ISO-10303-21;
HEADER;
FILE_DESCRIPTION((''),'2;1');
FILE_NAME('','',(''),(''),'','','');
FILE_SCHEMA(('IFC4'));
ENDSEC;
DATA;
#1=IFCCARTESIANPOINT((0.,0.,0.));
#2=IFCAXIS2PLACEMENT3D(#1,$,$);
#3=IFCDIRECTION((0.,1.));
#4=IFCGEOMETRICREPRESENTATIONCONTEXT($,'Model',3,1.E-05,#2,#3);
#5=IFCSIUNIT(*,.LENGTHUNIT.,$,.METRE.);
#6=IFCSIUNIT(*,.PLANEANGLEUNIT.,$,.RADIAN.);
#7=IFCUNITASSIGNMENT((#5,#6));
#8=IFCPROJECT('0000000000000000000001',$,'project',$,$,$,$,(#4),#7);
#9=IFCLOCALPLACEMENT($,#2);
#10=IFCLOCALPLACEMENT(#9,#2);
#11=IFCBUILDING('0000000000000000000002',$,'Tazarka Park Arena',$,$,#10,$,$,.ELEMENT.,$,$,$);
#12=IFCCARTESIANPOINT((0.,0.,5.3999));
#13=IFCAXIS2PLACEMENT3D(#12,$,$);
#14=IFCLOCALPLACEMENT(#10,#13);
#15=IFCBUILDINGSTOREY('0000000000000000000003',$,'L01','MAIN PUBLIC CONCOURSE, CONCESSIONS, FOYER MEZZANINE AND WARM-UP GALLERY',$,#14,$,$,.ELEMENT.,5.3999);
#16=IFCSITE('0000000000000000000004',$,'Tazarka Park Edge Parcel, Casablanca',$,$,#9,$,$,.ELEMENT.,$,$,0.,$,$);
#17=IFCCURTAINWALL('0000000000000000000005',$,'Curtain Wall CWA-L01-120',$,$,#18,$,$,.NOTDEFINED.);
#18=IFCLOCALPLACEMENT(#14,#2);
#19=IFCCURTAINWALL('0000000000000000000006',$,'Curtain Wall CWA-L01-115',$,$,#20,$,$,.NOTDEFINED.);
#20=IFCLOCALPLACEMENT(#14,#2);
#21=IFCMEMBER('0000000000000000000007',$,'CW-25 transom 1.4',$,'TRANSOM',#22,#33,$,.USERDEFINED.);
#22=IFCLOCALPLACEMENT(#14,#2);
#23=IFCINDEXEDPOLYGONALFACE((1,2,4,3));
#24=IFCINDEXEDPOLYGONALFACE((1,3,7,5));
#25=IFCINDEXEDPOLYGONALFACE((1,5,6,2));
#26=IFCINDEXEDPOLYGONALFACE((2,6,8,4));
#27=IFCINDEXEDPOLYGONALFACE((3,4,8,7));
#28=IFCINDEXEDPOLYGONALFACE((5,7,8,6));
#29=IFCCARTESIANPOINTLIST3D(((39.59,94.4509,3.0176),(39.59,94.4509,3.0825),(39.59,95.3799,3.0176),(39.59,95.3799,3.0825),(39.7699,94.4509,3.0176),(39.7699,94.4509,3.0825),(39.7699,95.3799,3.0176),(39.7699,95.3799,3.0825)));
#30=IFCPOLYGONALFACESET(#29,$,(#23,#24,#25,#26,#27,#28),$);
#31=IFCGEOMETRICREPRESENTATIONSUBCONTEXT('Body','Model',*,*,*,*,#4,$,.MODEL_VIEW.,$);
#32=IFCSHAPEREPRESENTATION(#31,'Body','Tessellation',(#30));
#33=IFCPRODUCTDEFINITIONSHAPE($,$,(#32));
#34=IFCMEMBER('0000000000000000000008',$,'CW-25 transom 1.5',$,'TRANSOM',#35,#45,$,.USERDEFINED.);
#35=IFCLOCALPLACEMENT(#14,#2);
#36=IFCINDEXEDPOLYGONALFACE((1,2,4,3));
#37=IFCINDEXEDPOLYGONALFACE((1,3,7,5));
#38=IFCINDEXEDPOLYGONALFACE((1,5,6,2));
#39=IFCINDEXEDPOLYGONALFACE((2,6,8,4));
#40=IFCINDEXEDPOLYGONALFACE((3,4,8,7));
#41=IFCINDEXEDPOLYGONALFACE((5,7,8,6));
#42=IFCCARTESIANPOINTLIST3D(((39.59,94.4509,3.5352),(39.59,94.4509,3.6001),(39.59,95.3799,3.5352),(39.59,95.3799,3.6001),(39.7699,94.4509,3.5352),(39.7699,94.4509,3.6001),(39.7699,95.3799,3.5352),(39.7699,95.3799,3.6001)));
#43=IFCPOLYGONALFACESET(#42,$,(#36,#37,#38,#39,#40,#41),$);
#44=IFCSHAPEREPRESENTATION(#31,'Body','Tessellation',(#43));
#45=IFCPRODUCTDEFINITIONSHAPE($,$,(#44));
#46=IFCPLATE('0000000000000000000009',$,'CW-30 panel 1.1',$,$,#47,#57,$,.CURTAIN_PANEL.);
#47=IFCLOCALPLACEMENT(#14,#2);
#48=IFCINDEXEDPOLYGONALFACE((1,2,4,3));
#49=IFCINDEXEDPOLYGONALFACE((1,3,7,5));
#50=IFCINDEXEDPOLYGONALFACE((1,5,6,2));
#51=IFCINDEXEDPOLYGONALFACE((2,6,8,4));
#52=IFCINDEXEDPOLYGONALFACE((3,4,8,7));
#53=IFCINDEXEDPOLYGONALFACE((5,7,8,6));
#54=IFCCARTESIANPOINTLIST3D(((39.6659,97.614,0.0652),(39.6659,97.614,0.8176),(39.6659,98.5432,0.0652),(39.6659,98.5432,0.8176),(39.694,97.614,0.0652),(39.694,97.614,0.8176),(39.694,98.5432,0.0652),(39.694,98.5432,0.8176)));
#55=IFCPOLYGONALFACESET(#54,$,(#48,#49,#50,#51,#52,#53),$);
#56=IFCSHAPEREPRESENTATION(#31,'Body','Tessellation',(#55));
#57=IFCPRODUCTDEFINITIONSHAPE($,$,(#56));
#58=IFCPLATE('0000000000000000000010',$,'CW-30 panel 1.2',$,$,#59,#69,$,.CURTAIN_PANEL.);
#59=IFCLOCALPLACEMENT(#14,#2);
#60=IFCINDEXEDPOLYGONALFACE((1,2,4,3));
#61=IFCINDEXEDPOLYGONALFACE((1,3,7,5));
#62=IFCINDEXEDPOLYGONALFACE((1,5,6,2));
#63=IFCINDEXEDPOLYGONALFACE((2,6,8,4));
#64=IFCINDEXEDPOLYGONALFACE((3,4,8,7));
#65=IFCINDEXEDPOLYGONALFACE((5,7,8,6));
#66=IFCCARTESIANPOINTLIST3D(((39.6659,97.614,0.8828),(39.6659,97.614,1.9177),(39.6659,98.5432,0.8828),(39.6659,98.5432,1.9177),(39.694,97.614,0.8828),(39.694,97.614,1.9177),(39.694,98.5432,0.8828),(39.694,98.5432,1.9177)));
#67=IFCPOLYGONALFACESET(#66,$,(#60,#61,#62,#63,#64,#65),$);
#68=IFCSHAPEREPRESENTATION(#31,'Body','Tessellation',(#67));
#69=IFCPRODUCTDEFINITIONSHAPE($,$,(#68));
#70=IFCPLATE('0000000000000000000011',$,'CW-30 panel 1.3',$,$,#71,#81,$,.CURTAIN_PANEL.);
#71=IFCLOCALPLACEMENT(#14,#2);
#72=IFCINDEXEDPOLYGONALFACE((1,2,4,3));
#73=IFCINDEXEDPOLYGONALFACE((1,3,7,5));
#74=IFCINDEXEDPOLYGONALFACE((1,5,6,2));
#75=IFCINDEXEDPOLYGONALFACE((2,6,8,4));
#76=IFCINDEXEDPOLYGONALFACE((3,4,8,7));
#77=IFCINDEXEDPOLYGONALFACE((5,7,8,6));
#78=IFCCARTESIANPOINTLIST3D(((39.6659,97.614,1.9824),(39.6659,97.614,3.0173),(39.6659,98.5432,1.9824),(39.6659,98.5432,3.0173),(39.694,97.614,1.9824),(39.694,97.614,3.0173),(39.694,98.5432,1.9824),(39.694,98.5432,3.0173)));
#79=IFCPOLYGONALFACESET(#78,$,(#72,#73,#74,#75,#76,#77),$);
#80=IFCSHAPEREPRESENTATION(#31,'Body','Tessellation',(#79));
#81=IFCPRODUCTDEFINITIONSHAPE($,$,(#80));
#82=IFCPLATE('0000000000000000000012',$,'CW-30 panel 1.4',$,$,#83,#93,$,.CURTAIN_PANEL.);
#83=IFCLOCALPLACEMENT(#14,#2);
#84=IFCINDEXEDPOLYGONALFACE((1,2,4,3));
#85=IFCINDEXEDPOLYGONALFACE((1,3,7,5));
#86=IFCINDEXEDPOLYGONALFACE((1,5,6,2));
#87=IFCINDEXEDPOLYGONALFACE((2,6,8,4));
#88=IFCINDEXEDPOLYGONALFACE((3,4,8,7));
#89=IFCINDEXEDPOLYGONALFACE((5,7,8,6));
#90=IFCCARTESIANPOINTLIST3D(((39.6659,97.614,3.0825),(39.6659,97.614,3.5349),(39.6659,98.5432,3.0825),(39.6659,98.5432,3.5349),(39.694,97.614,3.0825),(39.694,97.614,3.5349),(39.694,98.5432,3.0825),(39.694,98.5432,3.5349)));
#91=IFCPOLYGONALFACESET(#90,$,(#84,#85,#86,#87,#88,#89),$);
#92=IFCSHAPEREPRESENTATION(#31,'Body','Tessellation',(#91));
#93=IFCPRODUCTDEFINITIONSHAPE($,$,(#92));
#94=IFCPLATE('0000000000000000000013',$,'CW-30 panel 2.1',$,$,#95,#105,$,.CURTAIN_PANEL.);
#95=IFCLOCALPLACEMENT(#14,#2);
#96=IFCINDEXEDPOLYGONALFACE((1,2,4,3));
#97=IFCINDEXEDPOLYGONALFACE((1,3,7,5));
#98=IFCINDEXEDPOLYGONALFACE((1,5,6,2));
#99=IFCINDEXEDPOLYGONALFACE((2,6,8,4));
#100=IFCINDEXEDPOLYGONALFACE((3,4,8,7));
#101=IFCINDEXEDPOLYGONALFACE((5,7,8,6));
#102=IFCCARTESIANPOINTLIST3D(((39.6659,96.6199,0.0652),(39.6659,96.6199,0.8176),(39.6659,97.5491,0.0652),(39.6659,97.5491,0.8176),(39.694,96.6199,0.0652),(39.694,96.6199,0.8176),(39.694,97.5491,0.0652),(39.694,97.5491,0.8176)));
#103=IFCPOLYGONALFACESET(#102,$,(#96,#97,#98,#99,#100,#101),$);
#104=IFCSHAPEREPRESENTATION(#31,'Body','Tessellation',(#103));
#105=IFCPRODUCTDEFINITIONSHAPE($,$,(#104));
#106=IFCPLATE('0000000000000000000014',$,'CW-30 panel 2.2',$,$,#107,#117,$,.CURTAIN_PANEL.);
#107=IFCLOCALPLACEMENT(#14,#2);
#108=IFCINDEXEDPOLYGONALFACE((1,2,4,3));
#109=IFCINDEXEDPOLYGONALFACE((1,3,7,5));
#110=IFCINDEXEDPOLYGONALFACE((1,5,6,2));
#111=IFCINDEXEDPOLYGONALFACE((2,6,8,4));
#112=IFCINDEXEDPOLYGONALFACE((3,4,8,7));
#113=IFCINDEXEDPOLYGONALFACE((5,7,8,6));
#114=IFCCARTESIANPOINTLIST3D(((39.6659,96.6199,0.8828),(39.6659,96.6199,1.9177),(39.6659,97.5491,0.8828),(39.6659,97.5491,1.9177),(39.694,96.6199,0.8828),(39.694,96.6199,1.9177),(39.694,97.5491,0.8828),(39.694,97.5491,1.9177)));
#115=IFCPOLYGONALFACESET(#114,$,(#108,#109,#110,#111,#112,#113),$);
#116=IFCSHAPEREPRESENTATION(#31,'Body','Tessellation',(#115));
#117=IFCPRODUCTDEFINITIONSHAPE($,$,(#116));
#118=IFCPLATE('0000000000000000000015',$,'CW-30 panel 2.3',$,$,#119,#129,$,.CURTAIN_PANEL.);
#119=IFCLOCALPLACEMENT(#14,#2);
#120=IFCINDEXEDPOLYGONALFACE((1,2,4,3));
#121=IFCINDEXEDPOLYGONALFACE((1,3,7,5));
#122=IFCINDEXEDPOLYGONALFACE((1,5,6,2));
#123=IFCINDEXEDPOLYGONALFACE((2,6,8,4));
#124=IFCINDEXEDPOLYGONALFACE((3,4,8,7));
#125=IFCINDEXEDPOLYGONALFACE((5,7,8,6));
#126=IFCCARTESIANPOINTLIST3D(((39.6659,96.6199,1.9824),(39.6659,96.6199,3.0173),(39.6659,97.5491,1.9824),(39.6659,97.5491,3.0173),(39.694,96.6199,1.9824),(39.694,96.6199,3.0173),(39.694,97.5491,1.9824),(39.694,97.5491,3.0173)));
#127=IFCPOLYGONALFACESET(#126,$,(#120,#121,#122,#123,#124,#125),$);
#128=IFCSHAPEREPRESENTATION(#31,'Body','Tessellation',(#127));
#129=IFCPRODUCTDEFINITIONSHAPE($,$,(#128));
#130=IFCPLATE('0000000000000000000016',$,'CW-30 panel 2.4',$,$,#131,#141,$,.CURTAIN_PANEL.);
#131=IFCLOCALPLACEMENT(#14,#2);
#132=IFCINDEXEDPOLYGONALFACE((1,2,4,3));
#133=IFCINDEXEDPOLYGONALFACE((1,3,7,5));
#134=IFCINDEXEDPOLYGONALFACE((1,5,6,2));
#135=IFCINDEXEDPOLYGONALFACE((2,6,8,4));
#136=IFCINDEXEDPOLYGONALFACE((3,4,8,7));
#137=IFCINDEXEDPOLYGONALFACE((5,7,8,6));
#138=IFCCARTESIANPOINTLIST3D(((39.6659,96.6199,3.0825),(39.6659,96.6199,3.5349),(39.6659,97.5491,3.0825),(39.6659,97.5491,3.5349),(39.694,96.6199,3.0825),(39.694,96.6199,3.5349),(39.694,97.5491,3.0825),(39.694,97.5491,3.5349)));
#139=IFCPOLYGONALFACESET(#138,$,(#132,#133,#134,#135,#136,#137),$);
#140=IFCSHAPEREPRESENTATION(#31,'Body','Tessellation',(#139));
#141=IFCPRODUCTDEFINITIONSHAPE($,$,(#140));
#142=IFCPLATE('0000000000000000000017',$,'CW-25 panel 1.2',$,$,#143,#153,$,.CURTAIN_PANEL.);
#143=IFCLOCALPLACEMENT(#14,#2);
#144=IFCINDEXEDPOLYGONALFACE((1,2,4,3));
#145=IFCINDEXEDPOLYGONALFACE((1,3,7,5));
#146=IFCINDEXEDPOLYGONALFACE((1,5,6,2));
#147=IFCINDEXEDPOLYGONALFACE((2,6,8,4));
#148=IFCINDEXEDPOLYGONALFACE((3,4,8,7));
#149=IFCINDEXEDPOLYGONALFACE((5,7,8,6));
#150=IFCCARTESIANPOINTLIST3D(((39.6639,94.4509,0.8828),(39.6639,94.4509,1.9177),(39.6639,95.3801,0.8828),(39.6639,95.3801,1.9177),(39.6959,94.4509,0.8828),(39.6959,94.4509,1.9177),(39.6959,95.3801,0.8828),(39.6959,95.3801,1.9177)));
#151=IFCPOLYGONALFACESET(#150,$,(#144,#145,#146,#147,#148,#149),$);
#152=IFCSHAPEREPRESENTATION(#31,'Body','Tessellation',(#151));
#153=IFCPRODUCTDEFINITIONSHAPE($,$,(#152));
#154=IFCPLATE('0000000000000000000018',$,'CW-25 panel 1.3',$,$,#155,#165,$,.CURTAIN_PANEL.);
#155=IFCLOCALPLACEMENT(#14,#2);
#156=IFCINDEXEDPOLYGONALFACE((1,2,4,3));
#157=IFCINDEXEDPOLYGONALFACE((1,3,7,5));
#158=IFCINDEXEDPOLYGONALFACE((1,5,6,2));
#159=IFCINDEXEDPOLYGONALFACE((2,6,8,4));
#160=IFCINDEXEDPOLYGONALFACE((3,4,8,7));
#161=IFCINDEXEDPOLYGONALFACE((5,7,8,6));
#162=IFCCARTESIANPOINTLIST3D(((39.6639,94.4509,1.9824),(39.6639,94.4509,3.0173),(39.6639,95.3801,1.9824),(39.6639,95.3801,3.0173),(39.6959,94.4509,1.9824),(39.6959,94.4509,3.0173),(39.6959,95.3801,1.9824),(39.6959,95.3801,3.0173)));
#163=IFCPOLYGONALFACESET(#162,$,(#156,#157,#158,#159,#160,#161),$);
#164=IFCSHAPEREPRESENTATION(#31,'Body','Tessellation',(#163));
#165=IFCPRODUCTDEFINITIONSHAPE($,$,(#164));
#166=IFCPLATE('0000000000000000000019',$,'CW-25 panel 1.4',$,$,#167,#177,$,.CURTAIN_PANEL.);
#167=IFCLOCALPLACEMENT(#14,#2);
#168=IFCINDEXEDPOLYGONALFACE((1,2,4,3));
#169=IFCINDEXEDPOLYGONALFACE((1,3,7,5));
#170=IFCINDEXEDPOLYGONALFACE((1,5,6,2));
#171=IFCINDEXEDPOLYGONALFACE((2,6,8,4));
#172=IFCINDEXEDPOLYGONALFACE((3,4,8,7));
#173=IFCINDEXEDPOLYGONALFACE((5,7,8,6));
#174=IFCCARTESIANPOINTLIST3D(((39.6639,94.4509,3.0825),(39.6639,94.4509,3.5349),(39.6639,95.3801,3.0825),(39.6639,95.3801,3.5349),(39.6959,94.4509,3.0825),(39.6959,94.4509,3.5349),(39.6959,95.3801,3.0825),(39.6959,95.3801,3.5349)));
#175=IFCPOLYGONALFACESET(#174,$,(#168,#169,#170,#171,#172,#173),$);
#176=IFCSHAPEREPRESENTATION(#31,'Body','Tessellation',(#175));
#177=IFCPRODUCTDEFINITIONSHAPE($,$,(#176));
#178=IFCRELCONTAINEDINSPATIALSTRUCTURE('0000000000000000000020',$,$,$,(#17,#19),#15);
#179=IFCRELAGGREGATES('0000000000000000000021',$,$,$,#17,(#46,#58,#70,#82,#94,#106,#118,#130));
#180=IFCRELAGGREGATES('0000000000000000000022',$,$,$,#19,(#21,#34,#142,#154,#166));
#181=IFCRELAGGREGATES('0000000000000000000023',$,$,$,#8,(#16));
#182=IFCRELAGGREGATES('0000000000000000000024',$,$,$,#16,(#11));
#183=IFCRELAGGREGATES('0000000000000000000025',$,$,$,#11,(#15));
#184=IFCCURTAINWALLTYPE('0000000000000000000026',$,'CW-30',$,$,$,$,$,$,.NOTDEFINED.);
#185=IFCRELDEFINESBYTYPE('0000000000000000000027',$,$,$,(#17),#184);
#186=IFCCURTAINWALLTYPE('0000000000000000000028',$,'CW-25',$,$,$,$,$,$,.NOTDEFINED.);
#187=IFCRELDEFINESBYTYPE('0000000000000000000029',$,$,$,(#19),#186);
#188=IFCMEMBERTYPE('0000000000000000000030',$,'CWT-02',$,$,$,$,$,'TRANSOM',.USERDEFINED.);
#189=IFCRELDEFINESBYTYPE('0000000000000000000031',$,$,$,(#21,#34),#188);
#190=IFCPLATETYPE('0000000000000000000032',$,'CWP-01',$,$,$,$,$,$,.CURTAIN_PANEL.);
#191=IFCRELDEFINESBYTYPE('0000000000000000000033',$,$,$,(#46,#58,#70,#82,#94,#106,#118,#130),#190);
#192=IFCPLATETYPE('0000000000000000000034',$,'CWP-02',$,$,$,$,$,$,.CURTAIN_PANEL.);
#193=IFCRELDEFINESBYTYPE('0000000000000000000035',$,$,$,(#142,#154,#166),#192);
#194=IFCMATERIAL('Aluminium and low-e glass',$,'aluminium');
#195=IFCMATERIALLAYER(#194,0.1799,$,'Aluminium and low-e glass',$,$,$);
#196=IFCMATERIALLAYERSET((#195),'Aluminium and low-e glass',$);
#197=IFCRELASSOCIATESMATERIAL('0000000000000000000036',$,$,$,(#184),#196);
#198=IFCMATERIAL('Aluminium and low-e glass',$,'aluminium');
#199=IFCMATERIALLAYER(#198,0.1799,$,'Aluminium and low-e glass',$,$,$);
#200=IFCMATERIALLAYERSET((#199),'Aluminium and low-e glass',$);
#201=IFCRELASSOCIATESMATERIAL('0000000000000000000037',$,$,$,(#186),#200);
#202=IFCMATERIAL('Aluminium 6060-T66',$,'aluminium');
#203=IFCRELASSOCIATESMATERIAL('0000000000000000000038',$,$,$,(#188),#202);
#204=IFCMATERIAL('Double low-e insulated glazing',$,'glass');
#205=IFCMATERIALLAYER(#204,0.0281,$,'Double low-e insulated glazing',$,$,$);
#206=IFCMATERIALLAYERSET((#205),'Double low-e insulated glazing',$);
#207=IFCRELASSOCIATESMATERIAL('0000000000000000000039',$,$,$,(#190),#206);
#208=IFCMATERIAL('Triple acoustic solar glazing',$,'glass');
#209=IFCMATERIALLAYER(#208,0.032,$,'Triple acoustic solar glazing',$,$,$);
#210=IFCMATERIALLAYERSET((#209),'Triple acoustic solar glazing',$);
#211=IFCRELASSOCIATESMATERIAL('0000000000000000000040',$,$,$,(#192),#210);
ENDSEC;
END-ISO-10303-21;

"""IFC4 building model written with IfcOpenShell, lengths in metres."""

from ifc_helpers import new_model, si_unit, direction, frame, origin, origin_2d, place, context, subcontext, project, spatial, rectangle, extrude, material, layer, layer_set, material_profile, profile_set, type_object, element, aggregate, save


model = new_model("IFC4")

# Units and contexts
model_context = context("Model", 3, precision=1e-05, world=origin(), true_north=direction((0.0, 1.0)))
body_context = subcontext(model_context, "Body", "Model", "MODEL_VIEW")
ifc_project = project(units=[si_unit("LENGTHUNIT", "METRE"), si_unit("PLANEANGLEUNIT", "RADIAN")], contexts=[model_context])

# Site, building, storey
site_placement = place(None, origin())
site = spatial("IfcSite", under=ifc_project, at=site_placement, Name="Tazarka Park Edge Parcel, Casablanca", CompositionType="ELEMENT", RefElevation=0.0)
building_placement = place(site_placement, origin())
building = spatial("IfcBuilding", under=site, at=building_placement, Name="Tazarka Park Arena", CompositionType="ELEMENT")
storey_placement = place(building_placement, frame((0.0, 0.0, 5.3999)))
storey = spatial("IfcBuildingStorey", under=building, at=storey_placement, Name="L01", Description="MAIN PUBLIC CONCOURSE, CONCESSIONS, FOYER MEZZANINE AND WARM-UP GALLERY", CompositionType="ELEMENT", Elevation=5.3999)

# Curtain wall
ifc_material_1 = material(Name="Aluminium and low-e glass", Category="aluminium")
ifc_layer_1 = layer(ifc_material_1, 0.1799, Name="Aluminium and low-e glass")
ifc_layer_set_1 = layer_set([ifc_layer_1], Name="Aluminium and low-e glass")
curtain_wall_type_1 = type_object("IfcCurtainWallType", Name="CW-30", PredefinedType="NOTDEFINED", material=ifc_layer_set_1)
curtain_wall_1_placement = place(storey_placement, origin())
curtain_wall_1 = element("IfcCurtainWall", 1, at=curtain_wall_1_placement, inside=storey, type_object=curtain_wall_type_1, Name="Curtain Wall CWA-L01-120", PredefinedType="NOTDEFINED")

# Curtain wall
ifc_material_2 = material(Name="Aluminium and low-e glass", Category="aluminium")
ifc_layer_2 = layer(ifc_material_2, 0.1799, Name="Aluminium and low-e glass")
ifc_layer_set_2 = layer_set([ifc_layer_2], Name="Aluminium and low-e glass")
curtain_wall_type_2 = type_object("IfcCurtainWallType", Name="CW-25", PredefinedType="NOTDEFINED", material=ifc_layer_set_2)
curtain_wall_2_placement = place(storey_placement, origin())
curtain_wall_2 = element("IfcCurtainWall", 2, at=curtain_wall_2_placement, inside=storey, type_object=curtain_wall_type_2, Name="Curtain Wall CWA-L01-115", PredefinedType="NOTDEFINED")

# Members
ifc_material_3 = material(Name="Aluminium 6060-T66", Category="aluminium")
ifc_material_profile_1 = material_profile(ifc_material_3, rectangle(XDim=0.1799, YDim=0.0649, at=origin_2d()), Name="Aluminium 6060-T66")
ifc_profile_set_1 = profile_set([ifc_material_profile_1], Name="Aluminium 6060-T66")
member_type_1 = type_object("IfcMemberType", Name="CWT-02", ElementType="TRANSOM", PredefinedType="USERDEFINED", material=ifc_profile_set_1)
member_1_placement = place(storey_placement, frame((39.6799, 95.3799, 3.05), z_axis=(0.0, -1.0, 0.0), x_axis=(1.0, 0.0, 0.0)))
member_1 = element("IfcMember", 3, at=member_1_placement, type_object=member_type_1, Name="CW-25 transom 1.4", ObjectType="TRANSOM", PredefinedType="USERDEFINED", context=body_context, shape_type="SweptSolid", body=[
    extrude(rectangle(XDim=0.1799, YDim=0.0649, at=origin_2d()), origin(), (0.0, 0.0, 1.0), 0.929),
])
member_2_placement = place(storey_placement, frame((39.6799, 95.3799, 3.5676), z_axis=(0.0, -1.0, 0.0), x_axis=(1.0, 0.0, 0.0)))
member_2 = element("IfcMember", 4, at=member_2_placement, type_object=member_type_1, Name="CW-25 transom 1.5", ObjectType="TRANSOM", PredefinedType="USERDEFINED", context=body_context, shape_type="SweptSolid", body=[
    extrude(rectangle(XDim=0.1799, YDim=0.0649, at=origin_2d()), origin(), (0.0, 0.0, 1.0), 0.929),
])

# Plates
ifc_material_4 = material(Name="Double low-e insulated glazing", Category="glass")
ifc_layer_3 = layer(ifc_material_4, 0.0281, Name="Double low-e insulated glazing")
ifc_layer_set_3 = layer_set([ifc_layer_3], Name="Double low-e insulated glazing")
plate_type_1 = type_object("IfcPlateType", Name="CWP-01", PredefinedType="CURTAIN_PANEL", material=ifc_layer_set_3)
plate_1_placement = place(storey_placement, frame((39.6799, 98.0786, 0.0652), z_axis=(0.0, 0.0, 1.0), x_axis=(0.0, -1.0, 0.0)))
plate_1 = element("IfcPlate", 5, at=plate_1_placement, type_object=plate_type_1, Name="CW-30 panel 1.1", PredefinedType="CURTAIN_PANEL", context=body_context, shape_type="SweptSolid", body=[
    extrude(rectangle(XDim=0.9292, YDim=0.0281, at=origin_2d()), origin(), (0.0, 0.0, 1.0), 0.7524),
])
plate_2_placement = place(storey_placement, frame((39.6799, 98.0786, 0.8828), z_axis=(0.0, 0.0, 1.0), x_axis=(0.0, -1.0, 0.0)))
plate_2 = element("IfcPlate", 6, at=plate_2_placement, type_object=plate_type_1, Name="CW-30 panel 1.2", PredefinedType="CURTAIN_PANEL", context=body_context, shape_type="SweptSolid", body=[
    extrude(rectangle(XDim=0.9292, YDim=0.0281, at=origin_2d()), origin(), (0.0, 0.0, 1.0), 1.0349),
])
plate_3_placement = place(storey_placement, frame((39.6799, 98.0786, 1.9824), z_axis=(0.0, 0.0, 1.0), x_axis=(0.0, -1.0, 0.0)))
plate_3 = element("IfcPlate", 7, at=plate_3_placement, type_object=plate_type_1, Name="CW-30 panel 1.3", PredefinedType="CURTAIN_PANEL", context=body_context, shape_type="SweptSolid", body=[
    extrude(rectangle(XDim=0.9292, YDim=0.0281, at=origin_2d()), origin(), (0.0, 0.0, 1.0), 1.0349),
])
plate_4_placement = place(storey_placement, frame((39.6799, 98.0786, 3.0825), z_axis=(0.0, 0.0, 1.0), x_axis=(0.0, -1.0, 0.0)))
plate_4 = element("IfcPlate", 8, at=plate_4_placement, type_object=plate_type_1, Name="CW-30 panel 1.4", PredefinedType="CURTAIN_PANEL", context=body_context, shape_type="SweptSolid", body=[
    extrude(rectangle(XDim=0.9292, YDim=0.0281, at=origin_2d()), origin(), (0.0, 0.0, 1.0), 0.4524),
])
plate_5_placement = place(storey_placement, frame((39.6799, 97.0845, 0.0652), z_axis=(0.0, 0.0, 1.0), x_axis=(0.0, -1.0, 0.0)))
plate_5 = element("IfcPlate", 9, at=plate_5_placement, type_object=plate_type_1, Name="CW-30 panel 2.1", PredefinedType="CURTAIN_PANEL", context=body_context, shape_type="SweptSolid", body=[
    extrude(rectangle(XDim=0.9292, YDim=0.0281, at=origin_2d()), origin(), (0.0, 0.0, 1.0), 0.7524),
])
plate_6_placement = place(storey_placement, frame((39.6799, 97.0845, 0.8828), z_axis=(0.0, 0.0, 1.0), x_axis=(0.0, -1.0, 0.0)))
plate_6 = element("IfcPlate", 10, at=plate_6_placement, type_object=plate_type_1, Name="CW-30 panel 2.2", PredefinedType="CURTAIN_PANEL", context=body_context, shape_type="SweptSolid", body=[
    extrude(rectangle(XDim=0.9292, YDim=0.0281, at=origin_2d()), origin(), (0.0, 0.0, 1.0), 1.0349),
])
plate_7_placement = place(storey_placement, frame((39.6799, 97.0845, 1.9824), z_axis=(0.0, 0.0, 1.0), x_axis=(0.0, -1.0, 0.0)))
plate_7 = element("IfcPlate", 11, at=plate_7_placement, type_object=plate_type_1, Name="CW-30 panel 2.3", PredefinedType="CURTAIN_PANEL", context=body_context, shape_type="SweptSolid", body=[
    extrude(rectangle(XDim=0.9292, YDim=0.0281, at=origin_2d()), origin(), (0.0, 0.0, 1.0), 1.0349),
])
plate_8_placement = place(storey_placement, frame((39.6799, 97.0845, 3.0825), z_axis=(0.0, 0.0, 1.0), x_axis=(0.0, -1.0, 0.0)))
plate_8 = element("IfcPlate", 12, at=plate_8_placement, type_object=plate_type_1, Name="CW-30 panel 2.4", PredefinedType="CURTAIN_PANEL", context=body_context, shape_type="SweptSolid", body=[
    extrude(rectangle(XDim=0.9292, YDim=0.0281, at=origin_2d()), origin(), (0.0, 0.0, 1.0), 0.4524),
])
aggregate(curtain_wall_1, [plate_1, plate_2, plate_3, plate_4, plate_5, plate_6, plate_7, plate_8])
ifc_material_5 = material(Name="Triple acoustic solar glazing", Category="glass")
ifc_layer_4 = layer(ifc_material_5, 0.032, Name="Triple acoustic solar glazing")
ifc_layer_set_4 = layer_set([ifc_layer_4], Name="Triple acoustic solar glazing")
plate_type_2 = type_object("IfcPlateType", Name="CWP-02", PredefinedType="CURTAIN_PANEL", material=ifc_layer_set_4)
plate_9_placement = place(storey_placement, frame((39.6799, 94.9155, 0.8828), z_axis=(0.0, 0.0, 1.0), x_axis=(0.0, -1.0, 0.0)))
plate_9 = element("IfcPlate", 13, at=plate_9_placement, type_object=plate_type_2, Name="CW-25 panel 1.2", PredefinedType="CURTAIN_PANEL", context=body_context, shape_type="SweptSolid", body=[
    extrude(rectangle(XDim=0.9292, YDim=0.032, at=origin_2d()), origin(), (0.0, 0.0, 1.0), 1.0349),
])
plate_10_placement = place(storey_placement, frame((39.6799, 94.9155, 1.9824), z_axis=(0.0, 0.0, 1.0), x_axis=(0.0, -1.0, 0.0)))
plate_10 = element("IfcPlate", 14, at=plate_10_placement, type_object=plate_type_2, Name="CW-25 panel 1.3", PredefinedType="CURTAIN_PANEL", context=body_context, shape_type="SweptSolid", body=[
    extrude(rectangle(XDim=0.9292, YDim=0.032, at=origin_2d()), origin(), (0.0, 0.0, 1.0), 1.0349),
])
plate_11_placement = place(storey_placement, frame((39.6799, 94.9155, 3.0825), z_axis=(0.0, 0.0, 1.0), x_axis=(0.0, -1.0, 0.0)))
plate_11 = element("IfcPlate", 15, at=plate_11_placement, type_object=plate_type_2, Name="CW-25 panel 1.4", PredefinedType="CURTAIN_PANEL", context=body_context, shape_type="SweptSolid", body=[
    extrude(rectangle(XDim=0.9292, YDim=0.032, at=origin_2d()), origin(), (0.0, 0.0, 1.0), 0.4524),
])
aggregate(curtain_wall_2, [member_1, member_2, plate_9, plate_10, plate_11])

save(model, "model.ifc")
